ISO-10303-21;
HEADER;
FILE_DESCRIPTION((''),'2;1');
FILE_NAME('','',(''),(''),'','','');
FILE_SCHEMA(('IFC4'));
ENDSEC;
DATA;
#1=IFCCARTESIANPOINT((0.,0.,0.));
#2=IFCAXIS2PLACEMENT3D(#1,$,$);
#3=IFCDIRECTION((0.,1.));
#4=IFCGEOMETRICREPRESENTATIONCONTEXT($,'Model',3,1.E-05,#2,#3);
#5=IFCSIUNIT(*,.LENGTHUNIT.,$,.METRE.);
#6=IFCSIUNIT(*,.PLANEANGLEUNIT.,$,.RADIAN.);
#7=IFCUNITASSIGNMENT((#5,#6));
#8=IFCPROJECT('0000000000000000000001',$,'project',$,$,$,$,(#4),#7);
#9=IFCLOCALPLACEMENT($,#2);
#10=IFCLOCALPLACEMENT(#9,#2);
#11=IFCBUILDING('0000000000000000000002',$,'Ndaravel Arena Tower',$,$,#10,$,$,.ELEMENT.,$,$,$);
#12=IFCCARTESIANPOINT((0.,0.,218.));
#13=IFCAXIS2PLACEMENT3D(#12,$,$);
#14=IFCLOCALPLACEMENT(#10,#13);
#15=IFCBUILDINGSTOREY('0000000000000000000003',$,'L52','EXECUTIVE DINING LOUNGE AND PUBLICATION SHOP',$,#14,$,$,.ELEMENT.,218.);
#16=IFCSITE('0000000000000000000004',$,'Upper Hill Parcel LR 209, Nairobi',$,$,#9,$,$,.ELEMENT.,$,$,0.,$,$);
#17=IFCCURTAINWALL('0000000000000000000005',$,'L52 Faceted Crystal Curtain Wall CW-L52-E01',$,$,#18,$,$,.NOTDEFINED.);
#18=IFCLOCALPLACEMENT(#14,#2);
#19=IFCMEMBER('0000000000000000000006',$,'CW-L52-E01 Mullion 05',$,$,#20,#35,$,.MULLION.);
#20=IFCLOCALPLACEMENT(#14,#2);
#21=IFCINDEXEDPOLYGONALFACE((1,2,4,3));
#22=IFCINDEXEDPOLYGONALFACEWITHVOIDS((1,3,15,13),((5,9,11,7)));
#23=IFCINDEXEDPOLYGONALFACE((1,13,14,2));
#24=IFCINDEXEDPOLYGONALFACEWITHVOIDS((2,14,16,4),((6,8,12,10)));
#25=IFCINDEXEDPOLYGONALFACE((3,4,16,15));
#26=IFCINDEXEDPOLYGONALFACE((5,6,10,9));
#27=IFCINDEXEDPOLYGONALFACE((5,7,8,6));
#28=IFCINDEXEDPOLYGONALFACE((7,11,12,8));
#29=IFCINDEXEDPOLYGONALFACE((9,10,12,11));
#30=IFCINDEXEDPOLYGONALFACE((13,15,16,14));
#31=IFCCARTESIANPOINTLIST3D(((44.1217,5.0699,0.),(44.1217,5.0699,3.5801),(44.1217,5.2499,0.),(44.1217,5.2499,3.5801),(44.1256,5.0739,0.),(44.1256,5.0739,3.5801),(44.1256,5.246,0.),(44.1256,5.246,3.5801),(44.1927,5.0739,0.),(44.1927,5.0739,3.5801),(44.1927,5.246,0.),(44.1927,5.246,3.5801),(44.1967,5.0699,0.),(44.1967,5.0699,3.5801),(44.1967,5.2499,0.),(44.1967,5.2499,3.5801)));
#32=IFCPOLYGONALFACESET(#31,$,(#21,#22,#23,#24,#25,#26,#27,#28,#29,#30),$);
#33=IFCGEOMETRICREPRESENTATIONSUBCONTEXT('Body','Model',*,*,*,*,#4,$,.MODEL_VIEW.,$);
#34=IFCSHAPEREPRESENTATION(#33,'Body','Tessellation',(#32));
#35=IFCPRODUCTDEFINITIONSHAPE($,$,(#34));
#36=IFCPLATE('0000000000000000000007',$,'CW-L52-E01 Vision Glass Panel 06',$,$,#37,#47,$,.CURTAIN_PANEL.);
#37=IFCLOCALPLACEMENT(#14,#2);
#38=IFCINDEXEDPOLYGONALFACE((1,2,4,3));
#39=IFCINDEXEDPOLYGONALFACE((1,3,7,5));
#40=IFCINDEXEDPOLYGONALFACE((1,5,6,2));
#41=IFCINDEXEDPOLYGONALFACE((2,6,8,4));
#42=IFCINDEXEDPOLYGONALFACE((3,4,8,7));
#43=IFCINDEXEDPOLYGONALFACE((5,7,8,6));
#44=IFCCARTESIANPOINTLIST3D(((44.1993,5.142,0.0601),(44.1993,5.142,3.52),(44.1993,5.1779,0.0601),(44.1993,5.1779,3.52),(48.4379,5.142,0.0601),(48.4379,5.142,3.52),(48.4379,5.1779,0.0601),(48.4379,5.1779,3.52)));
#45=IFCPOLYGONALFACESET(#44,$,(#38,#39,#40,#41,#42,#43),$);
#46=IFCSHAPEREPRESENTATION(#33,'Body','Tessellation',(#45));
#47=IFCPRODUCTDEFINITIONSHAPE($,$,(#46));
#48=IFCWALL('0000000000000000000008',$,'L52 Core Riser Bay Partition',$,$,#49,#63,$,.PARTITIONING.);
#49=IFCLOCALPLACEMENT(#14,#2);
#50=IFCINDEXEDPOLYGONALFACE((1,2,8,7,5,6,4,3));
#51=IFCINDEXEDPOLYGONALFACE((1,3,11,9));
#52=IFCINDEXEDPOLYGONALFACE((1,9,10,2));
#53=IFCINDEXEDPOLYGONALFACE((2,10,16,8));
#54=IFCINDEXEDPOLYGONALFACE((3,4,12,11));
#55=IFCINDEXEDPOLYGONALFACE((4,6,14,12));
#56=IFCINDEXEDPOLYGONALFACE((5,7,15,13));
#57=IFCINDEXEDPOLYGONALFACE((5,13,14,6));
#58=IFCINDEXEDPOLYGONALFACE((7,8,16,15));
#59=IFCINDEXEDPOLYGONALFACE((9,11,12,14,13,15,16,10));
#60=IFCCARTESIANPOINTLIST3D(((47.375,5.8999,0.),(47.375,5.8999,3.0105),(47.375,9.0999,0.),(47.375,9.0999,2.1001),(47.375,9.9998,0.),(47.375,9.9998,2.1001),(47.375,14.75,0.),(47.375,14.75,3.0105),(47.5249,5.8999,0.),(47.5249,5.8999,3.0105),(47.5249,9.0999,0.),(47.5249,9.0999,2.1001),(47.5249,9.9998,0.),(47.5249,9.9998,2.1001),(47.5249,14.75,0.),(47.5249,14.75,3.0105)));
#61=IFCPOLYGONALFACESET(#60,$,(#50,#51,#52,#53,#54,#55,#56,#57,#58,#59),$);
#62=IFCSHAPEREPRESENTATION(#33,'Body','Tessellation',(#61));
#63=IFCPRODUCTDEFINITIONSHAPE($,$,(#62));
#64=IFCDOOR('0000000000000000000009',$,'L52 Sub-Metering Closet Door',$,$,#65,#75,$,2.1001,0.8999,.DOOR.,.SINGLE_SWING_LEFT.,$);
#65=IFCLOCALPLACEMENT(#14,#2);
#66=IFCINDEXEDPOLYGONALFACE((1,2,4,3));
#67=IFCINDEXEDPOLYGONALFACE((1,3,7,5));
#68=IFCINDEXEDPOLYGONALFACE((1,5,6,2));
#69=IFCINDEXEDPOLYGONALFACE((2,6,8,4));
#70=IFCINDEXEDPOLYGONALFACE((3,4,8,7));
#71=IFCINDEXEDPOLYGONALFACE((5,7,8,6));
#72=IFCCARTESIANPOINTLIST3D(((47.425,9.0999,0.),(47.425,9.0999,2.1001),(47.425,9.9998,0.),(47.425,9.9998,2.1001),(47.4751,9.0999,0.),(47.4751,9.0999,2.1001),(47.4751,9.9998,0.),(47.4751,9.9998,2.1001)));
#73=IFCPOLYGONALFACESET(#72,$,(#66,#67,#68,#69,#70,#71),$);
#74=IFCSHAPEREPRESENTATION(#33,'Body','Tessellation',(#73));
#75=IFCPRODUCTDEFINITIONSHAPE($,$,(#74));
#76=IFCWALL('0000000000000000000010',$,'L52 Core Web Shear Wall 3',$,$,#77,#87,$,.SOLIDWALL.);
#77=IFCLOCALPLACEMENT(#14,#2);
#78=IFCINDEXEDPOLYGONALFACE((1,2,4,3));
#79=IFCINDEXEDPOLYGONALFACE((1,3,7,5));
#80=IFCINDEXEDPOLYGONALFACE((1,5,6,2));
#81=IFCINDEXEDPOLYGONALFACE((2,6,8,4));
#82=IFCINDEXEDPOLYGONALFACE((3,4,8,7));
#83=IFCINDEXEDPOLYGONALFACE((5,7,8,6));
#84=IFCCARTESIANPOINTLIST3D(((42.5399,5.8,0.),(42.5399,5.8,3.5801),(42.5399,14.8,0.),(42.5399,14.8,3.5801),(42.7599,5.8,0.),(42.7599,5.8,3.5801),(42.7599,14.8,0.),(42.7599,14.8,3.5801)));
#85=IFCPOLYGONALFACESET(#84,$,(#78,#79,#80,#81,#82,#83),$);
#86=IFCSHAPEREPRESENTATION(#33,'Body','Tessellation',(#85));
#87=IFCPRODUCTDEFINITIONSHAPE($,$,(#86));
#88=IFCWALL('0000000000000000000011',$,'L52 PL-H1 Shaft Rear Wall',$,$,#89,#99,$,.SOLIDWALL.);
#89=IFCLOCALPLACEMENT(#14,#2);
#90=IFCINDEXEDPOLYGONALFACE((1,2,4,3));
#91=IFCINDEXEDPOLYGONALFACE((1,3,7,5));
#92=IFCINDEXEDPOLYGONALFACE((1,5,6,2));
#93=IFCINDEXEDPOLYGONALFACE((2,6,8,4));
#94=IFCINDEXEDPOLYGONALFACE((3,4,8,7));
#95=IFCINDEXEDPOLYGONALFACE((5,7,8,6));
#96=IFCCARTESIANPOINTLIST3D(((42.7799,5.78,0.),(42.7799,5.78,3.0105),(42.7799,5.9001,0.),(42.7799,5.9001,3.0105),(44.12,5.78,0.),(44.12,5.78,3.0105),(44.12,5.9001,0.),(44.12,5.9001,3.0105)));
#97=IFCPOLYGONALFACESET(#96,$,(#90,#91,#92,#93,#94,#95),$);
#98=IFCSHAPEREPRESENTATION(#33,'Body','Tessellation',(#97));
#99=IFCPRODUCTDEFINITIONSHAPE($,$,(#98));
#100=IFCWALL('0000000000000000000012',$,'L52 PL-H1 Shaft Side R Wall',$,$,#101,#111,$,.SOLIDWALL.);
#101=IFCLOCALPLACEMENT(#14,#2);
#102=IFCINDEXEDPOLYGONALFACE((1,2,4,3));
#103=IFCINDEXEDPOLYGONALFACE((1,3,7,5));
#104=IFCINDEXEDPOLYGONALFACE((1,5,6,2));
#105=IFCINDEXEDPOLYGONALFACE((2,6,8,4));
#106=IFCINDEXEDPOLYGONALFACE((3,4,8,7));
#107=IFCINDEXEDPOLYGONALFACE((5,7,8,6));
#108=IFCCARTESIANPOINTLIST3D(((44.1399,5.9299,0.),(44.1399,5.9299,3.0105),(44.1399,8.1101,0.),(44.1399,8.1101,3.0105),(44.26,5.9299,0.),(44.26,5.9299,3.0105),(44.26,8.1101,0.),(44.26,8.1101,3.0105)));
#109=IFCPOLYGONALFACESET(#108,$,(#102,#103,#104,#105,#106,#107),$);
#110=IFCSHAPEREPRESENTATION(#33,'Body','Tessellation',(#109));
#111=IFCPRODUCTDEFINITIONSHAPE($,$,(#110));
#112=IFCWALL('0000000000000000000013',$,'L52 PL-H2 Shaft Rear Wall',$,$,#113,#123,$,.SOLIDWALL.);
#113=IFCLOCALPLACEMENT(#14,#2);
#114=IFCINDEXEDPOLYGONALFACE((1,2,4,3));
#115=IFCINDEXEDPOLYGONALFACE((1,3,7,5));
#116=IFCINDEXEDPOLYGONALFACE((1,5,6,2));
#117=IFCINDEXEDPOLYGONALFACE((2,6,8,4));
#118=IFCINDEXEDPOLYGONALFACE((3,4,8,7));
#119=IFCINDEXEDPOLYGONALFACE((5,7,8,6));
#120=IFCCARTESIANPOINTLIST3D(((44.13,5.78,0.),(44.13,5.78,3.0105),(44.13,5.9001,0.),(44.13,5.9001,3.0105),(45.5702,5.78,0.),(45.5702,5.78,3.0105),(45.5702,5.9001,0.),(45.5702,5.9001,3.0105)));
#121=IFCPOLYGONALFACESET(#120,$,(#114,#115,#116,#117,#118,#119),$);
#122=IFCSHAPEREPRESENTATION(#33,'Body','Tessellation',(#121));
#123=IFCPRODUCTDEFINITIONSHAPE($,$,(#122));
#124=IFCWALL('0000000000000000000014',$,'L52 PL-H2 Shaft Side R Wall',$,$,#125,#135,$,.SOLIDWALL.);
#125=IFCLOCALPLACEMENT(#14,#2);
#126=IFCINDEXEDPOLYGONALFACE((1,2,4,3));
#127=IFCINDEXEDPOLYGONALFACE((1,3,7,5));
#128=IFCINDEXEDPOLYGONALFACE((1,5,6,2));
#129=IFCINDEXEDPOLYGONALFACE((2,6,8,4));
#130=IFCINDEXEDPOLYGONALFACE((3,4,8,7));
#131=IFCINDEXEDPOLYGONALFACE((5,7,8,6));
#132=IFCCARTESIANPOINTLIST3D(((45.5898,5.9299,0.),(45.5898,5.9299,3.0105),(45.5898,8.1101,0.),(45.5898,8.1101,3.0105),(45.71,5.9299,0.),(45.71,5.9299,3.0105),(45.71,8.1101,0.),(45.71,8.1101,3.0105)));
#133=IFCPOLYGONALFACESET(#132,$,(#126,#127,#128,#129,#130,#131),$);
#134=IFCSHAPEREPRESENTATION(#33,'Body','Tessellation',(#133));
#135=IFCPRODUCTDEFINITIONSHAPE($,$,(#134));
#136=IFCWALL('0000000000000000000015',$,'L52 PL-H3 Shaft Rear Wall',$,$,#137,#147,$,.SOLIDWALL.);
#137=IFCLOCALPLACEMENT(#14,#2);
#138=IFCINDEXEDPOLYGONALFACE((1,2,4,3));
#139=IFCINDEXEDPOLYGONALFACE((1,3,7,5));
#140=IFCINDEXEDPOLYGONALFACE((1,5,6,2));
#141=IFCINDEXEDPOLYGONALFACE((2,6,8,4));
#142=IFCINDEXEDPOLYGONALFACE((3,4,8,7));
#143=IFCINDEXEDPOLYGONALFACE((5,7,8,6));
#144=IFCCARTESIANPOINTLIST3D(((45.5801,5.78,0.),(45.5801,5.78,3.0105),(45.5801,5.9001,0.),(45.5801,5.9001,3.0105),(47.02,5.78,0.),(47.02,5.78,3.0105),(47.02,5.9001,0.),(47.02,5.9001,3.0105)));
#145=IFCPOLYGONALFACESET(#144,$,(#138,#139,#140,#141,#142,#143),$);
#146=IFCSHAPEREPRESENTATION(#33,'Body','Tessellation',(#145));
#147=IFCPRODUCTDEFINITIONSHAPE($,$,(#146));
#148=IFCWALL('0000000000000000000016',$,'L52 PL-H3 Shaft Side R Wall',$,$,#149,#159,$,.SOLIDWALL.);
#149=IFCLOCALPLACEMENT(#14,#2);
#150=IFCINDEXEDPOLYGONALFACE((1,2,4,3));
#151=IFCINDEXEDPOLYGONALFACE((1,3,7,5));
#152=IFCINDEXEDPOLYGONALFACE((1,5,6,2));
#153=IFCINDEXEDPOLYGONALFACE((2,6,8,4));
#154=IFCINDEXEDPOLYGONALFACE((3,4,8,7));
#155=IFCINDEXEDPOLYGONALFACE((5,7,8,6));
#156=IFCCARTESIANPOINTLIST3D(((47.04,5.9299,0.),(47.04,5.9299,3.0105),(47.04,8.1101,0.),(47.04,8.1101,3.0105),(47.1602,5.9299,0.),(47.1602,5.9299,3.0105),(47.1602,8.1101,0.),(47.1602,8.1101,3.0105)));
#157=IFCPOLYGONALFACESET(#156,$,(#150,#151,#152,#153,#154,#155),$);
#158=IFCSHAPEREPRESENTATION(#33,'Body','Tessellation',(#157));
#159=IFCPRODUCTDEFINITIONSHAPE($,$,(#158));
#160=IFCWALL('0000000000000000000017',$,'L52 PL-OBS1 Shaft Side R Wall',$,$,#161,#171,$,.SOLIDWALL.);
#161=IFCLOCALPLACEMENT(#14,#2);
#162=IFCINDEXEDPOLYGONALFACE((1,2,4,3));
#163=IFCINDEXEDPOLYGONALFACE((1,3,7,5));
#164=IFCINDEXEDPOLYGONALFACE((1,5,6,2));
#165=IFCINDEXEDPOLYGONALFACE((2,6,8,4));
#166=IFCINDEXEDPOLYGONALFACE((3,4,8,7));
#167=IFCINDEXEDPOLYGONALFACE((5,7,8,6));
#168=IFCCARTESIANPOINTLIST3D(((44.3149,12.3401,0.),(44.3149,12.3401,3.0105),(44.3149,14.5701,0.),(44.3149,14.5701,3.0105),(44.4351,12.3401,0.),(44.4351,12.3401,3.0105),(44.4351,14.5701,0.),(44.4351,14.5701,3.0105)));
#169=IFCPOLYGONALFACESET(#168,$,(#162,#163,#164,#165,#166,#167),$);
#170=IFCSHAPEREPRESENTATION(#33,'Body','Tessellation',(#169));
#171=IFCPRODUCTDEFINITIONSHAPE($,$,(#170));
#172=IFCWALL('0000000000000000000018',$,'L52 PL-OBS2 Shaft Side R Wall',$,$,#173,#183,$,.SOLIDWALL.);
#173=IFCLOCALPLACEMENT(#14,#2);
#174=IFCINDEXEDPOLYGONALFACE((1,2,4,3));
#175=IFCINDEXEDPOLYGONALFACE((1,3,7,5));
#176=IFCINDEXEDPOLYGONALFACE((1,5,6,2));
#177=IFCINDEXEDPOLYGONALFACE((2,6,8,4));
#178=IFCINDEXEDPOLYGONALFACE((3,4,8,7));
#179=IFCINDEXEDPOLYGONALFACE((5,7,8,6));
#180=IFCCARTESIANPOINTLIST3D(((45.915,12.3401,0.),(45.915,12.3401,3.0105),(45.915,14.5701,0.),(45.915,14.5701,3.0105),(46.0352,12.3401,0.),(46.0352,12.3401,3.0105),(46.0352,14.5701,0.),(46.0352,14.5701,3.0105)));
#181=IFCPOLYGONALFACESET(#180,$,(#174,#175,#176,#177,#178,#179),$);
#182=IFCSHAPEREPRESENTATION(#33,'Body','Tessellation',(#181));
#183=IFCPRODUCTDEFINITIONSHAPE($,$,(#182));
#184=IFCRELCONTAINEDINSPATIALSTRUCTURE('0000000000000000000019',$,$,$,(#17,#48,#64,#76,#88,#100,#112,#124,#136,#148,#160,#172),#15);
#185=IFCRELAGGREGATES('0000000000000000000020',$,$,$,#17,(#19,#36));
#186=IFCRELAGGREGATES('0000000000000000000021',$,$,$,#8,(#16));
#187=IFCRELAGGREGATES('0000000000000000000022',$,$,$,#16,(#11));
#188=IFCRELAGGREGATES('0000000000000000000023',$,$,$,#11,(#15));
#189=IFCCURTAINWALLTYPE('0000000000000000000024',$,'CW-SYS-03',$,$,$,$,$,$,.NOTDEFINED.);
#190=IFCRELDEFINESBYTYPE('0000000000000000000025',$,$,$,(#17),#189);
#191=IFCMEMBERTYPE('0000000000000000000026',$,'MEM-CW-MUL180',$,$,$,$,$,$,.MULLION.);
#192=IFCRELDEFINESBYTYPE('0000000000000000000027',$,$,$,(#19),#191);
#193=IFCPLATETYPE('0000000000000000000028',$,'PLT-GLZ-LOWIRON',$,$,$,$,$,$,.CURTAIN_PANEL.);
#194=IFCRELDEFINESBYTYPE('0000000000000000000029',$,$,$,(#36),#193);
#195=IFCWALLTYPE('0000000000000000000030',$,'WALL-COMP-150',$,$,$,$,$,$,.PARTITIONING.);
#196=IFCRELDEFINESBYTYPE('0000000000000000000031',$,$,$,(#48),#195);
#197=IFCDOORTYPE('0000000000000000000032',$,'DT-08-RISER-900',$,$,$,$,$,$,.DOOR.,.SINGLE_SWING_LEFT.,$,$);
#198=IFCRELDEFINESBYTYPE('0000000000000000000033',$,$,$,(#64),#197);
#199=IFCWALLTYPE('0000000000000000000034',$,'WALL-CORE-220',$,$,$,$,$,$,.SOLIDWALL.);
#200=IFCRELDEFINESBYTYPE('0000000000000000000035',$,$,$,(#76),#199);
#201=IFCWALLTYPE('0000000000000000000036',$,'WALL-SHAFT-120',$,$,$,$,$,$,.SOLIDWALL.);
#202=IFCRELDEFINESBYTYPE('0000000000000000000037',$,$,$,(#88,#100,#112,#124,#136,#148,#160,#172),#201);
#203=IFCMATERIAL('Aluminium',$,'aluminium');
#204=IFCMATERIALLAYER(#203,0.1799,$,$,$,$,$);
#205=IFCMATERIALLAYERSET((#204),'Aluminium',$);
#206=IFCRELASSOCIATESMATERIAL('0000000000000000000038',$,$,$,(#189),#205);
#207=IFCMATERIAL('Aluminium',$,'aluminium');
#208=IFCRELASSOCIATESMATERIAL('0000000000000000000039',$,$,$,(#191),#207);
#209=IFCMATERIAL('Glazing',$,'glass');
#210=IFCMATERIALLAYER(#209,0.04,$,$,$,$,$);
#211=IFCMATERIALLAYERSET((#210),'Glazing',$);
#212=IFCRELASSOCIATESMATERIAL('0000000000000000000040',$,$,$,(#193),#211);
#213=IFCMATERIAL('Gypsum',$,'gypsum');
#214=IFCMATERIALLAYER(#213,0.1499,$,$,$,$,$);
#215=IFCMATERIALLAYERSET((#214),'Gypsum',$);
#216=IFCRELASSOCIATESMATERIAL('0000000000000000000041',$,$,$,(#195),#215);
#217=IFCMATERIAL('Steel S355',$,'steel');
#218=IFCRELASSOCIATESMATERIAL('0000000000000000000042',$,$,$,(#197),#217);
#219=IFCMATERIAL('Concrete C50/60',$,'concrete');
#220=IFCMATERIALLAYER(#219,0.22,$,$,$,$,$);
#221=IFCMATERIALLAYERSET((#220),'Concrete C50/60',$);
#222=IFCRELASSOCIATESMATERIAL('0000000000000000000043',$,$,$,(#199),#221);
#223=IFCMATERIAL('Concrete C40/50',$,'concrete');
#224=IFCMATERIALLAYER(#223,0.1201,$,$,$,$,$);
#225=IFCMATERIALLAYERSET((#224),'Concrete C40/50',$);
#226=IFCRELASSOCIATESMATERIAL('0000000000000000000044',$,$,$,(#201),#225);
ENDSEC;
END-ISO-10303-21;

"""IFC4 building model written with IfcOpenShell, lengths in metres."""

from ifc_helpers import new_model, si_unit, direction, frame, frame_2d, origin, origin_2d, place, context, subcontext, project, spatial, rectangle, hollow_rectangle, extrude, material, layer, layer_set, material_profile, profile_set, type_object, element, fill, aggregate, save


model = new_model("IFC4")

# Units and contexts
model_context = context("Model", 3, precision=1e-05, world=origin(), true_north=direction((0.0, 1.0)))
body_context = subcontext(model_context, "Body", "Model", "MODEL_VIEW")
ifc_project = project(units=[si_unit("LENGTHUNIT", "METRE"), si_unit("PLANEANGLEUNIT", "RADIAN")], contexts=[model_context])

# Site, building, storey
site_placement = place(None, origin())
site = spatial("IfcSite", under=ifc_project, at=site_placement, Name="Upper Hill Parcel LR 209, Nairobi", CompositionType="ELEMENT", RefElevation=0.0)
building_placement = place(site_placement, origin())
building = spatial("IfcBuilding", under=site, at=building_placement, Name="Ndaravel Arena Tower", CompositionType="ELEMENT")
storey_placement = place(building_placement, frame((0.0, 0.0, 218.0)))
storey = spatial("IfcBuildingStorey", under=building, at=storey_placement, Name="L52", Description="EXECUTIVE DINING LOUNGE AND PUBLICATION SHOP", CompositionType="ELEMENT", Elevation=218.0)

# Curtain wall, member, plate
ifc_material_1 = material(Name="Aluminium", Category="aluminium")
ifc_layer_1 = layer(ifc_material_1, 0.1799)
ifc_layer_set_1 = layer_set([ifc_layer_1], Name="Aluminium")
curtain_wall_type = type_object("IfcCurtainWallType", Name="CW-SYS-03", PredefinedType="NOTDEFINED", material=ifc_layer_set_1)
curtain_wall_placement = place(storey_placement, origin())
curtain_wall = element("IfcCurtainWall", 1, at=curtain_wall_placement, inside=storey, type_object=curtain_wall_type, Name="L52 Faceted Crystal Curtain Wall CW-L52-E01", PredefinedType="NOTDEFINED")
ifc_material_2 = material(Name="Aluminium", Category="aluminium")
ifc_material_profile = material_profile(ifc_material_2, hollow_rectangle(XDim=0.075, YDim=0.1799, WallThickness=0.0039, at=origin_2d()), Name="CW MULLION 75x180x4")
ifc_profile_set = profile_set([ifc_material_profile], Name="Aluminium")
member_type = type_object("IfcMemberType", Name="MEM-CW-MUL180", PredefinedType="MULLION", material=ifc_profile_set)
member_placement = place(storey_placement, frame((44.1592, 5.1599, 0.0), z_axis=(0.0, 0.0, 1.0), x_axis=(1.0, 0.0, 0.0)))
member = element("IfcMember", 2, at=member_placement, type_object=member_type, Name="CW-L52-E01 Mullion 05", PredefinedType="MULLION", context=body_context, shape_type="SweptSolid", body=[
    extrude(hollow_rectangle(XDim=0.075, YDim=0.1799, WallThickness=0.0039, at=origin_2d()), origin(), (0.0, 0.0, 1.0), 3.5801),
])
ifc_material_3 = material(Name="Glazing", Category="glass")
ifc_layer_2 = layer(ifc_material_3, 0.04)
ifc_layer_set_2 = layer_set([ifc_layer_2], Name="Glazing")
plate_type = type_object("IfcPlateType", Name="PLT-GLZ-LOWIRON", PredefinedType="CURTAIN_PANEL", material=ifc_layer_set_2)
plate_placement = place(storey_placement, frame((46.3186, 5.1599, 0.0601), z_axis=(0.0, 0.0, 1.0), x_axis=(1.0, 0.0, 0.0)))
plate = element("IfcPlate", 3, at=plate_placement, type_object=plate_type, Name="CW-L52-E01 Vision Glass Panel 06", PredefinedType="CURTAIN_PANEL", context=body_context, shape_type="SweptSolid", body=[
    extrude(rectangle(XDim=4.2385, YDim=0.0359, at=origin_2d()), origin(), (0.0, 0.0, 1.0), 3.46),
])
aggregate(curtain_wall, [member, plate])

# Wall, opening, door
ifc_material_4 = material(Name="Gypsum", Category="gypsum")
ifc_layer_3 = layer(ifc_material_4, 0.1499)
ifc_layer_set_3 = layer_set([ifc_layer_3], Name="Gypsum")
wall_type_1 = type_object("IfcWallType", Name="WALL-COMP-150", PredefinedType="PARTITIONING", material=ifc_layer_set_3)
wall_1_placement = place(storey_placement, frame((47.45, 5.8999, 0.0), z_axis=(0.0, 0.0, 1.0), x_axis=(0.0, 1.0, 0.0)))
wall_1 = element("IfcWall", 4, at=wall_1_placement, inside=storey, type_object=wall_type_1, Name="L52 Core Riser Bay Partition", PredefinedType="PARTITIONING", context=body_context, shape_type="SweptSolid", body=[
    extrude(rectangle(XDim=8.8501, YDim=0.1499, at=frame_2d((4.425, 0.0))), origin(), (0.0, 0.0, 1.0), 3.0105),
])
opening_1_placement = place(wall_1_placement, frame((3.2, 0.0, 0.0)))
opening_1 = element("IfcOpeningElement", 5, at=opening_1_placement, cuts=wall_1, PredefinedType="OPENING", context=body_context, shape_type="SweptSolid", body=[
    extrude(rectangle(XDim=0.8999, YDim=2.1001, at=frame_2d((0.45, 1.05))), frame((0.0, 0.075, 0.0), z_axis=(0.0, -1.0, 0.0), x_axis=(1.0, 0.0, 0.0)), (0.0, 0.0, 1.0), 0.1499),
])
ifc_material_5 = material(Name="Steel S355", Category="steel")
door_type_1 = type_object("IfcDoorType", Name="DT-08-RISER-900", OperationType="SINGLE_SWING_LEFT", PredefinedType="DOOR", material=ifc_material_5)
door_1_placement = place(opening_1_placement, origin())
door_1 = element("IfcDoor", 6, at=door_1_placement, inside=storey, type_object=door_type_1, Name="L52 Sub-Metering Closet Door", OperationType="SINGLE_SWING_LEFT", OverallHeight=2.1001, OverallWidth=0.8999, PredefinedType="DOOR", context=body_context, shape_type="SweptSolid", body=[
    extrude(rectangle(XDim=0.8999, YDim=2.1001, at=frame_2d((0.45, 1.05))), frame((0.0, 0.0249, 0.0), z_axis=(0.0, -1.0, 0.0), x_axis=(1.0, 0.0, 0.0)), (0.0, 0.0, 1.0), 0.05),
])
fill(opening_1, door_1)

# Walls
ifc_material_6 = material(Name="Concrete C50/60", Category="concrete")
ifc_layer_4 = layer(ifc_material_6, 0.22)
ifc_layer_set_4 = layer_set([ifc_layer_4], Name="Concrete C50/60")
wall_type_2 = type_object("IfcWallType", Name="WALL-CORE-220", PredefinedType="SOLIDWALL", material=ifc_layer_set_4)
wall_2_placement = place(storey_placement, frame((42.6499, 5.8, 0.0), z_axis=(0.0, 0.0, 1.0), x_axis=(0.0, 1.0, 0.0)))
element("IfcWall", 7, at=wall_2_placement, inside=storey, type_object=wall_type_2, Name="L52 Core Web Shear Wall 3", PredefinedType="SOLIDWALL", context=body_context, shape_type="SweptSolid", body=[
    extrude(rectangle(XDim=9.0, YDim=0.22, at=frame_2d((4.5, 0.0))), origin(), (0.0, 0.0, 1.0), 3.5801),
])
ifc_material_7 = material(Name="Concrete C40/50", Category="concrete")
ifc_layer_5 = layer(ifc_material_7, 0.1201)
ifc_layer_set_5 = layer_set([ifc_layer_5], Name="Concrete C40/50")
wall_type_3 = type_object("IfcWallType", Name="WALL-SHAFT-120", PredefinedType="SOLIDWALL", material=ifc_layer_set_5)
wall_3_placement = place(storey_placement, frame((42.78, 5.8401, 0.0), z_axis=(0.0, 0.0, 1.0), x_axis=(1.0, 0.0, 0.0)))
element("IfcWall", 8, at=wall_3_placement, inside=storey, type_object=wall_type_3, Name="L52 PL-H1 Shaft Rear Wall", PredefinedType="SOLIDWALL", context=body_context, shape_type="SweptSolid", body=[
    extrude(rectangle(XDim=1.3401, YDim=0.1201, at=frame_2d((0.6699, 0.0))), origin(), (0.0, 0.0, 1.0), 3.0105),
])
wall_4_placement = place(storey_placement, frame((44.2, 5.9299, 0.0), z_axis=(0.0, 0.0, 1.0), x_axis=(0.0, 1.0, 0.0)))
element("IfcWall", 9, at=wall_4_placement, inside=storey, type_object=wall_type_3, Name="L52 PL-H1 Shaft Side R Wall", PredefinedType="SOLIDWALL", context=body_context, shape_type="SweptSolid", body=[
    extrude(rectangle(XDim=2.1802, YDim=0.1201, at=frame_2d((1.0901, 0.0))), origin(), (0.0, 0.0, 1.0), 3.0105),
])
wall_5_placement = place(storey_placement, frame((44.1299, 5.8401, 0.0), z_axis=(0.0, 0.0, 1.0), x_axis=(1.0, 0.0, 0.0)))
element("IfcWall", 10, at=wall_5_placement, inside=storey, type_object=wall_type_3, Name="L52 PL-H2 Shaft Rear Wall", PredefinedType="SOLIDWALL", context=body_context, shape_type="SweptSolid", body=[
    extrude(rectangle(XDim=1.4402, YDim=0.1201, at=frame_2d((0.7202, 0.0))), origin(), (0.0, 0.0, 1.0), 3.0105),
])
wall_6_placement = place(storey_placement, frame((45.6499, 5.9299, 0.0), z_axis=(0.0, 0.0, 1.0), x_axis=(0.0, 1.0, 0.0)))
element("IfcWall", 11, at=wall_6_placement, inside=storey, type_object=wall_type_3, Name="L52 PL-H2 Shaft Side R Wall", PredefinedType="SOLIDWALL", context=body_context, shape_type="SweptSolid", body=[
    extrude(rectangle(XDim=2.1802, YDim=0.1201, at=frame_2d((1.0901, 0.0))), origin(), (0.0, 0.0, 1.0), 3.0105),
])
wall_7_placement = place(storey_placement, frame((45.5801, 5.8401, 0.0), z_axis=(0.0, 0.0, 1.0), x_axis=(1.0, 0.0, 0.0)))
element("IfcWall", 12, at=wall_7_placement, inside=storey, type_object=wall_type_3, Name="L52 PL-H3 Shaft Rear Wall", PredefinedType="SOLIDWALL", context=body_context, shape_type="SweptSolid", body=[
    extrude(rectangle(XDim=1.4399, YDim=0.1201, at=frame_2d((0.72, 0.0))), origin(), (0.0, 0.0, 1.0), 3.0105),
])
wall_8_placement = place(storey_placement, frame((47.1001, 5.9299, 0.0), z_axis=(0.0, 0.0, 1.0), x_axis=(0.0, 1.0, 0.0)))
element("IfcWall", 13, at=wall_8_placement, inside=storey, type_object=wall_type_3, Name="L52 PL-H3 Shaft Side R Wall", PredefinedType="SOLIDWALL", context=body_context, shape_type="SweptSolid", body=[
    extrude(rectangle(XDim=2.1802, YDim=0.1201, at=frame_2d((1.0901, 0.0))), origin(), (0.0, 0.0, 1.0), 3.0105),
])
for number, where, z_axis, x_axis, name in (
    (14, (44.375, 12.3401, 0.0), (0.0, 0.0, 1.0), (0.0, 1.0, 0.0), "L52 PL-OBS1 Shaft Side R Wall"),
    (15, (45.9751, 12.3401, 0.0), (0.0, 0.0, 1.0), (0.0, 1.0, 0.0), "L52 PL-OBS2 Shaft Side R Wall"),
):
    element("IfcWall", number, at=place(storey_placement, frame(where, z_axis=z_axis, x_axis=x_axis)), inside=storey, type_object=wall_type_3, Name=name, PredefinedType="SOLIDWALL", context=body_context, shape_type="SweptSolid", body=[
        extrude(rectangle(XDim=2.23, YDim=0.1201, at=frame_2d((1.115, 0.0))), origin(), (0.0, 0.0, 1.0), 3.0105),
    ])

save(model, "model.ifc")
